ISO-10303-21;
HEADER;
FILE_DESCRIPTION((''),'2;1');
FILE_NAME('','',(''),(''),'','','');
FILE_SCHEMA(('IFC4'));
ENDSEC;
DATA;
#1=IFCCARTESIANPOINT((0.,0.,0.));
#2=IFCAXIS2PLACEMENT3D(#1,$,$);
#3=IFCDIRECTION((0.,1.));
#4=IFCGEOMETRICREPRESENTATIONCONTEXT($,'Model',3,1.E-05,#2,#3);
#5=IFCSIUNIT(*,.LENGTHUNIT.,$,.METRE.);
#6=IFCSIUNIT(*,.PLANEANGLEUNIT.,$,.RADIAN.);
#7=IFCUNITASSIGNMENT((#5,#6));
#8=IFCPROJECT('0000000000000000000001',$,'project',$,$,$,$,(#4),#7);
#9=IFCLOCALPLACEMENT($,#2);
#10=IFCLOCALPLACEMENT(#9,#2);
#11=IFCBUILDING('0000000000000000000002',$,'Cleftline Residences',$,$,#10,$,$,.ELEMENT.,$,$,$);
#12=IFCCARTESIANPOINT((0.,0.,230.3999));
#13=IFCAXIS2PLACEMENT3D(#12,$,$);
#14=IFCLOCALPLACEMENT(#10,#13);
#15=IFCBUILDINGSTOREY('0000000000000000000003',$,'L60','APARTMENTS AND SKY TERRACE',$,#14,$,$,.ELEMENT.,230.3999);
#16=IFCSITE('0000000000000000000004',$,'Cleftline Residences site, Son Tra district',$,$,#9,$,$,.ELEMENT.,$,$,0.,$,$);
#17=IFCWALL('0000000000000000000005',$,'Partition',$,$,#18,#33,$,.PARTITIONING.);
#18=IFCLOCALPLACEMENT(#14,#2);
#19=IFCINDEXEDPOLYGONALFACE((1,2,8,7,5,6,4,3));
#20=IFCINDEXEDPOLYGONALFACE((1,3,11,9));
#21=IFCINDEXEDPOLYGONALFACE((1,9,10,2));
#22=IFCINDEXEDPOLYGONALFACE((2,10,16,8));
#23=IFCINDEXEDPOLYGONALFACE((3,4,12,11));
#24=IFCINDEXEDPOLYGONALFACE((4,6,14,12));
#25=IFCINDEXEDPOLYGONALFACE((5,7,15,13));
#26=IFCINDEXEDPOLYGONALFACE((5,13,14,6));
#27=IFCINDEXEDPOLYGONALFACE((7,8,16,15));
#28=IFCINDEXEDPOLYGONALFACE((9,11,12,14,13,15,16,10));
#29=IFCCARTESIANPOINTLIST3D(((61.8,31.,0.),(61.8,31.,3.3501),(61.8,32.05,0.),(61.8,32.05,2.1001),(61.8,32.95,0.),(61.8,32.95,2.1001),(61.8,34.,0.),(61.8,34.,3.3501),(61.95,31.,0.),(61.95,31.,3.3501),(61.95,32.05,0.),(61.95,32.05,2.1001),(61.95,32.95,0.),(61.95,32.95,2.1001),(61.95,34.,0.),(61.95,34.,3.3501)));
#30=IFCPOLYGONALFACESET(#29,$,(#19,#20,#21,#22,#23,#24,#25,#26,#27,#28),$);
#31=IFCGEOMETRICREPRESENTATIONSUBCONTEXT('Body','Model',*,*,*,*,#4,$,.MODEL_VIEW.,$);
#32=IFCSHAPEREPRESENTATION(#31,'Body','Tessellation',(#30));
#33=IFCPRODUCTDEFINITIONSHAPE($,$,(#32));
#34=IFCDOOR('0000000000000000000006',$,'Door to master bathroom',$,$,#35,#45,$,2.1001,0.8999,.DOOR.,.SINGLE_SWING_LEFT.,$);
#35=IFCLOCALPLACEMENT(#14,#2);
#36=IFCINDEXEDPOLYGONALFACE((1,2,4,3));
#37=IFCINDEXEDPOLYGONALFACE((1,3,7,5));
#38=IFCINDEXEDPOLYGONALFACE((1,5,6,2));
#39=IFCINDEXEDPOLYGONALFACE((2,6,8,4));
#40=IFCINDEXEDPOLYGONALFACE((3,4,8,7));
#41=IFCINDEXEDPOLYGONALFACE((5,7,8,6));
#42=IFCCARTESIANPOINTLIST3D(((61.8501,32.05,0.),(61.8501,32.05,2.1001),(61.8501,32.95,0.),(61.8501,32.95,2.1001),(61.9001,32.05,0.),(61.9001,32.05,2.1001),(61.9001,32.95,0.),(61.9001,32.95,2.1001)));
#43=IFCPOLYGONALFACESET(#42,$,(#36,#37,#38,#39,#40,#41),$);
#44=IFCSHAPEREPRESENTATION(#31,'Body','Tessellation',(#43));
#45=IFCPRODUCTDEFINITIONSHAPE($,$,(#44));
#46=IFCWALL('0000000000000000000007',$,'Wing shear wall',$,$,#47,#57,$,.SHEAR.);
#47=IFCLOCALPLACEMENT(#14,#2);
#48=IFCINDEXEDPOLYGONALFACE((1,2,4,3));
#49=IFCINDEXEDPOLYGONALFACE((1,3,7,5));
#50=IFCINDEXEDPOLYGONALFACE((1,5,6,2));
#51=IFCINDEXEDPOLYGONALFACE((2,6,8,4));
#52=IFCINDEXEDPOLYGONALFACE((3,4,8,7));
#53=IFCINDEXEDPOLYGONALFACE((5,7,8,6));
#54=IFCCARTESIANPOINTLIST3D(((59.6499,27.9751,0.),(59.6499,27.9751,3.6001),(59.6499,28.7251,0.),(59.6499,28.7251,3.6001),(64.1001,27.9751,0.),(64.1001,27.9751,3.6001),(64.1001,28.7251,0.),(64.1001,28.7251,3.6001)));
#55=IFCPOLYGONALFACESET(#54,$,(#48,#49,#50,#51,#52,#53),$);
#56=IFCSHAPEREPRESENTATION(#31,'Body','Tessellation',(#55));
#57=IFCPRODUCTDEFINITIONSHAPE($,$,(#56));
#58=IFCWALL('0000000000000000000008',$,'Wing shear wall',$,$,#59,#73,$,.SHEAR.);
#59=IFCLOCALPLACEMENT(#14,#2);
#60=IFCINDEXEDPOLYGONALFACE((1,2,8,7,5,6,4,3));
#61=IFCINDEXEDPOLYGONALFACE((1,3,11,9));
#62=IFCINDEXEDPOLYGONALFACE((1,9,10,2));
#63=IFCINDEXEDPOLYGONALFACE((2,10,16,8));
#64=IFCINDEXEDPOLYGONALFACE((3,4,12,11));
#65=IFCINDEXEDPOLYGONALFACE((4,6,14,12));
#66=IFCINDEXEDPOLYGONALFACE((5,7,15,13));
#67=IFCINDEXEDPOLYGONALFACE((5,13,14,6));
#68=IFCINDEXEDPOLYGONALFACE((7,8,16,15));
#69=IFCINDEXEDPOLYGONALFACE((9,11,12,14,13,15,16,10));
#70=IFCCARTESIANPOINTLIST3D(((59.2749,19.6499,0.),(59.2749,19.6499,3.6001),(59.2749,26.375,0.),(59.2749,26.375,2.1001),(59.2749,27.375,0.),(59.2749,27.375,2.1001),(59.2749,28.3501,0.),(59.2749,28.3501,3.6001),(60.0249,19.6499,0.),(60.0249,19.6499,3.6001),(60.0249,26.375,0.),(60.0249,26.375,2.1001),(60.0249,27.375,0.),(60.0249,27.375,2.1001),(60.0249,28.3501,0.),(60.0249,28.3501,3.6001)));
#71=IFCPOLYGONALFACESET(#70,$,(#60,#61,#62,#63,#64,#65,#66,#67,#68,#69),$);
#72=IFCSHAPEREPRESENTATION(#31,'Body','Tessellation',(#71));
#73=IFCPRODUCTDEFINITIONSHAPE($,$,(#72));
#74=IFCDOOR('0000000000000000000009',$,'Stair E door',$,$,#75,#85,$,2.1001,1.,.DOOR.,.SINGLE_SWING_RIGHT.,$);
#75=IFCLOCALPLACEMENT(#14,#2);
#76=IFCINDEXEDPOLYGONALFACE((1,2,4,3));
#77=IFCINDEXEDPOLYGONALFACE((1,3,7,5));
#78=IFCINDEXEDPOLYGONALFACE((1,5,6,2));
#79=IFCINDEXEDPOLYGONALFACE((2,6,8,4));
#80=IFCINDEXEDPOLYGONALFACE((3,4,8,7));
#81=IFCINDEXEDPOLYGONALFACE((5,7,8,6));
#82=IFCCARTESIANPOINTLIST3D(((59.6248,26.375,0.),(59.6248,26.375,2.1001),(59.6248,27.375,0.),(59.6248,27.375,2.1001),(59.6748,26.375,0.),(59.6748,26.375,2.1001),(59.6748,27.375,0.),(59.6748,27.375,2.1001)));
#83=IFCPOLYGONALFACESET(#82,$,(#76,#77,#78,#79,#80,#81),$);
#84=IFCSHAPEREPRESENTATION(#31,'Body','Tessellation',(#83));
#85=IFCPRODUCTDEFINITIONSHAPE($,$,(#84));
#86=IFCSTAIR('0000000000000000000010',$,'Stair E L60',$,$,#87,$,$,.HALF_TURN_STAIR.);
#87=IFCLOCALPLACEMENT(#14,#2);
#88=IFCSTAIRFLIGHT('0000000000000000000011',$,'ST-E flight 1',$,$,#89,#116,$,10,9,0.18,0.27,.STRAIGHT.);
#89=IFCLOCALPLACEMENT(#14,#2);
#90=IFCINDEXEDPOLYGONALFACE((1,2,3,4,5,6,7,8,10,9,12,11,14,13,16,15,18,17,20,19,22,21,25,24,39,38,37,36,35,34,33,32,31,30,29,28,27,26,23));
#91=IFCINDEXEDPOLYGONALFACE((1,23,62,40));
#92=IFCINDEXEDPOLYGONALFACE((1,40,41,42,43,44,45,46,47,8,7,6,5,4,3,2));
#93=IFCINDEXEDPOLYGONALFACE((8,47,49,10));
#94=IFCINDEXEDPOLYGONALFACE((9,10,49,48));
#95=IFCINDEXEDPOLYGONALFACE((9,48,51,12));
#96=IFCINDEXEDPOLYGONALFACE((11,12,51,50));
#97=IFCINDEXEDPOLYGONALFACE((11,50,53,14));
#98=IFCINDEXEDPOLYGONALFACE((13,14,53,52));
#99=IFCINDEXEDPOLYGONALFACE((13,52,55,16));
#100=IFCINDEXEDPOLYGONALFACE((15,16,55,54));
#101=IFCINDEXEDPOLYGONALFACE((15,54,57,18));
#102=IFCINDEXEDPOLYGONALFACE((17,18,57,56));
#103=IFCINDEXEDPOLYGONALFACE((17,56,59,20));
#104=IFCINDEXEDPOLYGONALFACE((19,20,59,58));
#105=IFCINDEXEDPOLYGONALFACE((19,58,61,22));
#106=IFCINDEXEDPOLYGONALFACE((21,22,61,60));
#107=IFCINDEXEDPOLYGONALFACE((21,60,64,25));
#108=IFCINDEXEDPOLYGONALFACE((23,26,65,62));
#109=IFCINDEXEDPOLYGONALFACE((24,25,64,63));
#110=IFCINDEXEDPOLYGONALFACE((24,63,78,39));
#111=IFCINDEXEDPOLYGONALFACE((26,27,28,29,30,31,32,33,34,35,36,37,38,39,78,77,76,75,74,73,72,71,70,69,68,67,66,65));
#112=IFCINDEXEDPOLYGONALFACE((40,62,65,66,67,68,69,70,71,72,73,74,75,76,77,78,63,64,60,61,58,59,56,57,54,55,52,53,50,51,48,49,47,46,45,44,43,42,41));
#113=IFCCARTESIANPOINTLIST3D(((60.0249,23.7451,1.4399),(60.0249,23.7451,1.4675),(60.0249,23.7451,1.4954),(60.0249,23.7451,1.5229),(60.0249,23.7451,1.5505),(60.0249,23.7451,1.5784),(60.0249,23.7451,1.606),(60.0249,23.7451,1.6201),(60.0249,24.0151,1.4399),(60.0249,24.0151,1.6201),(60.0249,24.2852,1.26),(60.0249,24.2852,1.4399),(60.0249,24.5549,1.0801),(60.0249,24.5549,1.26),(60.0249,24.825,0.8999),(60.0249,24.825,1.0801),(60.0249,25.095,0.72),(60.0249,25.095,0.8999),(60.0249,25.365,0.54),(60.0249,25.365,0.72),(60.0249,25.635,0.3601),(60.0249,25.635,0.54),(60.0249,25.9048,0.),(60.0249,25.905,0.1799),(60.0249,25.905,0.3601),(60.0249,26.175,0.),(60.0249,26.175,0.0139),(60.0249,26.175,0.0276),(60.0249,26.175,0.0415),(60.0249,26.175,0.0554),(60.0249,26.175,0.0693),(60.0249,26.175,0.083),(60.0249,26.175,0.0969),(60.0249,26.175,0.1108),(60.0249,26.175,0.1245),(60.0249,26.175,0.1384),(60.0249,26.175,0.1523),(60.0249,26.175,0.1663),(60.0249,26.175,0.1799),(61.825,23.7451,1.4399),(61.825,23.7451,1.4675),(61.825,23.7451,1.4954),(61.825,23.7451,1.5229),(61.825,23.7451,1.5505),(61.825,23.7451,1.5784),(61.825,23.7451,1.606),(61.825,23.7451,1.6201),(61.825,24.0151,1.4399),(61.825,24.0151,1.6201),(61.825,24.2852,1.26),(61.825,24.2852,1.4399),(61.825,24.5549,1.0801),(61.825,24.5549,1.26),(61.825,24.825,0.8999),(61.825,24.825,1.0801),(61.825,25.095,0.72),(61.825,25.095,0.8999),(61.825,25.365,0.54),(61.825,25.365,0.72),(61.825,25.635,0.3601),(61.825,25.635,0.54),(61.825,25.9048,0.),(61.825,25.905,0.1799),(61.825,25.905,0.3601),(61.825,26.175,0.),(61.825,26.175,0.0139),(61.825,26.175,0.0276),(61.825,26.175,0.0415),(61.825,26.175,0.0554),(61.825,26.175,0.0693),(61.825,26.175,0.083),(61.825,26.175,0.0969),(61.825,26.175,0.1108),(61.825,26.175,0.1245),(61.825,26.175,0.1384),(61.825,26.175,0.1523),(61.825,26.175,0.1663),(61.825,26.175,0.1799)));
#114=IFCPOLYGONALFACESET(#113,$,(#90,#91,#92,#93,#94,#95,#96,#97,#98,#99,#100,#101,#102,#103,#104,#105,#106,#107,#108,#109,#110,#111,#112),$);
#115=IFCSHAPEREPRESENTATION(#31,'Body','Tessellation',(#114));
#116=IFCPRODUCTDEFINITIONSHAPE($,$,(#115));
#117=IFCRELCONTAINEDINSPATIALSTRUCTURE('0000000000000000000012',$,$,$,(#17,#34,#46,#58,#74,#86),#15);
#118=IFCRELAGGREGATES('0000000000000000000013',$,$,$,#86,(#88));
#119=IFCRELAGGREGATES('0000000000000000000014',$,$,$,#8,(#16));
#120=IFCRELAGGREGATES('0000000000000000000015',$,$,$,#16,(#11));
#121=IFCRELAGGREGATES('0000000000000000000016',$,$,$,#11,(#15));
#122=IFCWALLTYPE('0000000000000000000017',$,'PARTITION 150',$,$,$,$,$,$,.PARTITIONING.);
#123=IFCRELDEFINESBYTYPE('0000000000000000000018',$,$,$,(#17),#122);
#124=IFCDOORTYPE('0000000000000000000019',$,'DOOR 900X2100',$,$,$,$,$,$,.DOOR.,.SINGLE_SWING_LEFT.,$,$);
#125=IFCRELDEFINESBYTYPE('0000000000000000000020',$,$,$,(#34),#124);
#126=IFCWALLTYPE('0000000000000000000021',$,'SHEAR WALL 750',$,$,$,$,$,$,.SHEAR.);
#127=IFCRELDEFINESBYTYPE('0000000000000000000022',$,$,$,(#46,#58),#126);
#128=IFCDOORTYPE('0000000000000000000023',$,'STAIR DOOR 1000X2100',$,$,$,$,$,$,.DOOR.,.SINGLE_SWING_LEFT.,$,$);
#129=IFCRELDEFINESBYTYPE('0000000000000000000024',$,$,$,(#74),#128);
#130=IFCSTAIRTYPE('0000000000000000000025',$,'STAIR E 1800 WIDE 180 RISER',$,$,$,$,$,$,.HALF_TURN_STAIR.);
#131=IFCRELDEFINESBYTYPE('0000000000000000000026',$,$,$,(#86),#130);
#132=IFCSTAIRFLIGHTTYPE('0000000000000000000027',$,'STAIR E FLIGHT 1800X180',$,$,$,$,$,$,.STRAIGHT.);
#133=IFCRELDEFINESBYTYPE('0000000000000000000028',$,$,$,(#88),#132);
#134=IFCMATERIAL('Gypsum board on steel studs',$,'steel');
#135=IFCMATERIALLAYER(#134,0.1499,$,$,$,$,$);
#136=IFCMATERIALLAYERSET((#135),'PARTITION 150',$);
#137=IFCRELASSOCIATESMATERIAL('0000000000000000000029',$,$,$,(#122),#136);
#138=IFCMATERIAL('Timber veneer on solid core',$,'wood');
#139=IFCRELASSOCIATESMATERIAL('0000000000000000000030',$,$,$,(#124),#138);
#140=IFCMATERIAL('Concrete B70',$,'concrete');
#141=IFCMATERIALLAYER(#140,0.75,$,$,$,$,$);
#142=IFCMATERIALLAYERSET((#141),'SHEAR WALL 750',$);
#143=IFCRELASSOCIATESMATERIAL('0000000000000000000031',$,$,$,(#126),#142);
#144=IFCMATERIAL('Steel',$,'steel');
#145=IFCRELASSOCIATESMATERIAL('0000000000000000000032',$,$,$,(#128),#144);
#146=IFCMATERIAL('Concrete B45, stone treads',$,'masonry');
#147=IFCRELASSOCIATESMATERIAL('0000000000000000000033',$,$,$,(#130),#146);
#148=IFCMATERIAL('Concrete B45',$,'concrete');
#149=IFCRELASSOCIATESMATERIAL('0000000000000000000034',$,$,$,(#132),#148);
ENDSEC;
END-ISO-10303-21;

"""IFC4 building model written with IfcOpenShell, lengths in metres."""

from ifc_helpers import new_model, si_unit, direction, frame, frame_2d, origin, place, context, subcontext, project, spatial, polyline, rectangle, outline, extrude, material, layer, layer_set, type_object, element, fill, aggregate, save


model = new_model("IFC4")

# Units and contexts
model_context = context("Model", 3, precision=1e-05, world=origin(), true_north=direction((0.0, 1.0)))
body_context = subcontext(model_context, "Body", "Model", "MODEL_VIEW")
ifc_project = project(units=[si_unit("LENGTHUNIT", "METRE"), si_unit("PLANEANGLEUNIT", "RADIAN")], contexts=[model_context])

# Site, building, storey
site_placement = place(None, origin())
site = spatial("IfcSite", under=ifc_project, at=site_placement, Name="Cleftline Residences site, Son Tra district", CompositionType="ELEMENT", RefElevation=0.0)
building_placement = place(site_placement, origin())
building = spatial("IfcBuilding", under=site, at=building_placement, Name="Cleftline Residences", CompositionType="ELEMENT")
storey_placement = place(building_placement, frame((0.0, 0.0, 230.3999)))
storey = spatial("IfcBuildingStorey", under=building, at=storey_placement, Name="L60", Description="APARTMENTS AND SKY TERRACE", CompositionType="ELEMENT", Elevation=230.3999)

# Shared definitions
ifc_material_1 = material(Name="Gypsum board on steel studs", Category="steel")
ifc_layer_1 = layer(ifc_material_1, 0.1499)
ifc_layer_set_1 = layer_set([ifc_layer_1], Name="PARTITION 150")
wall_type_1 = type_object("IfcWallType", Name="PARTITION 150", PredefinedType="PARTITIONING", material=ifc_layer_set_1)

# Wall, opening, door
ifc_material_2 = material(Name="Timber veneer on solid core", Category="wood")
door_type_1 = type_object("IfcDoorType", Name="DOOR 900X2100", OperationType="SINGLE_SWING_LEFT", PredefinedType="DOOR", material=ifc_material_2)
wall_1_placement = place(storey_placement, frame((61.875, 31.0, 0.0), z_axis=(0.0, 0.0, 1.0), x_axis=(0.0, 1.0, 0.0)))
wall_1 = element("IfcWall", 1, at=wall_1_placement, inside=storey, type_object=wall_type_1, Name="Partition", PredefinedType="PARTITIONING", context=body_context, shape_type="SweptSolid", body=[
    extrude(rectangle(XDim=3.0, YDim=0.1499, at=frame_2d((1.5, 0.0))), origin(), (0.0, 0.0, 1.0), 3.3501),
])
opening_1_placement = place(wall_1_placement, frame((1.05, 0.0, 0.0)))
opening_1 = element("IfcOpeningElement", 2, at=opening_1_placement, cuts=wall_1, PredefinedType="OPENING", context=body_context, shape_type="SweptSolid", body=[
    extrude(rectangle(XDim=0.8999, YDim=2.1001, at=frame_2d((0.45, 1.05))), frame((0.0, 0.085, 0.0), z_axis=(0.0, -1.0, 0.0), x_axis=(1.0, 0.0, 0.0)), (0.0, 0.0, 1.0), 0.1699),
])
door_1_placement = place(opening_1_placement, origin())
door_1 = element("IfcDoor", 3, at=door_1_placement, inside=storey, type_object=door_type_1, Name="Door to master bathroom", OperationType="SINGLE_SWING_LEFT", OverallHeight=2.1001, OverallWidth=0.8999, PredefinedType="DOOR", context=body_context, shape_type="SweptSolid", body=[
    extrude(rectangle(XDim=0.8999, YDim=2.1001, at=frame_2d((0.45, 1.05))), frame((0.0, 0.0249, 0.0), z_axis=(0.0, -1.0, 0.0), x_axis=(1.0, 0.0, 0.0)), (0.0, 0.0, 1.0), 0.05),
])
fill(opening_1, door_1)

# Wall
ifc_material_3 = material(Name="Concrete B70", Category="concrete")
ifc_layer_2 = layer(ifc_material_3, 0.75)
ifc_layer_set_2 = layer_set([ifc_layer_2], Name="SHEAR WALL 750")
wall_type_2 = type_object("IfcWallType", Name="SHEAR WALL 750", PredefinedType="SHEAR", material=ifc_layer_set_2)
wall_2_placement = place(storey_placement, frame((64.1001, 28.3501, 0.0), z_axis=(0.0, 0.0, 1.0), x_axis=(-1.0, 0.0, 0.0)))
element("IfcWall", 4, at=wall_2_placement, inside=storey, type_object=wall_type_2, Name="Wing shear wall", PredefinedType="SHEAR", context=body_context, shape_type="SweptSolid", body=[
    extrude(rectangle(XDim=4.4502, YDim=0.75, at=frame_2d((2.2251, 0.0))), origin(), (0.0, 0.0, 1.0), 3.6001),
])

# Wall, opening, door
wall_3_placement = place(storey_placement, frame((59.6499, 28.3501, 0.0), z_axis=(0.0, 0.0, 1.0), x_axis=(0.0, -1.0, 0.0)))
wall_3 = element("IfcWall", 5, at=wall_3_placement, inside=storey, type_object=wall_type_2, Name="Wing shear wall", PredefinedType="SHEAR", context=body_context, shape_type="SweptSolid", body=[
    extrude(rectangle(XDim=8.7002, YDim=0.75, at=frame_2d((4.3501, 0.0))), origin(), (0.0, 0.0, 1.0), 3.6001),
])
opening_2_placement = place(wall_3_placement, frame((0.9751, 0.0, 0.0)))
opening_2 = element("IfcOpeningElement", 6, at=opening_2_placement, cuts=wall_3, PredefinedType="OPENING", context=body_context, shape_type="SweptSolid", body=[
    extrude(rectangle(XDim=1.0, YDim=2.1001, at=frame_2d((0.5, 1.05))), frame((0.0, 0.385, 0.0), z_axis=(0.0, -1.0, 0.0), x_axis=(1.0, 0.0, 0.0)), (0.0, 0.0, 1.0), 0.77),
])
ifc_material_4 = material(Name="Steel", Category="steel")
door_type_2 = type_object("IfcDoorType", Name="STAIR DOOR 1000X2100", OperationType="SINGLE_SWING_LEFT", PredefinedType="DOOR", material=ifc_material_4)
door_2_placement = place(opening_2_placement, origin())
door_2 = element("IfcDoor", 7, at=door_2_placement, inside=storey, type_object=door_type_2, Name="Stair E door", OperationType="SINGLE_SWING_RIGHT", OverallHeight=2.1001, OverallWidth=1.0, PredefinedType="DOOR", context=body_context, shape_type="SweptSolid", body=[
    extrude(rectangle(XDim=1.0, YDim=2.1001, at=frame_2d((0.5, 1.05))), frame((0.0, 0.0249, 0.0), z_axis=(0.0, -1.0, 0.0), x_axis=(1.0, 0.0, 0.0)), (0.0, 0.0, 1.0), 0.05),
])
fill(opening_2, door_2)

# Stair, stair flight
ifc_material_5 = material(Name="Concrete B45, stone treads", Category="masonry")
stair_type = type_object("IfcStairType", Name="STAIR E 1800 WIDE 180 RISER", PredefinedType="HALF_TURN_STAIR", material=ifc_material_5)
stair_placement = place(storey_placement, origin())
stair = element("IfcStair", 8, at=stair_placement, inside=storey, type_object=stair_type, Name="Stair E L60", PredefinedType="HALF_TURN_STAIR")
ifc_material_6 = material(Name="Concrete B45", Category="concrete")
stair_flight_type = type_object("IfcStairFlightType", Name="STAIR E FLIGHT 1800X180", PredefinedType="STRAIGHT", material=ifc_material_6)
stair_flight_placement = place(storey_placement, frame((60.925, 26.175, 0.0), z_axis=(0.0, 0.0, 1.0), x_axis=(0.0, -1.0, 0.0)))
stair_flight = element("IfcStairFlight", 9, at=stair_flight_placement, type_object=stair_flight_type, Name="ST-E flight 1", NumberOfRisers=10, NumberOfTreads=9, PredefinedType="STRAIGHT", RiserHeight=0.18, TreadLength=0.27, context=body_context, shape_type="SweptSolid", body=[
    extrude(outline(polyline([(0.0, 0.0), (0.0, 0.0139), (0.0, 0.0276), (0.0, 0.0415), (0.0, 0.0554), (0.0, 0.0693), (0.0, 0.083), (0.0, 0.0969), (0.0, 0.1108), (0.0, 0.1245), (0.0, 0.1384), (0.0, 0.1523), (0.0, 0.1663), (0.0, 0.1799), (0.27, 0.1799), (0.27, 0.3601), (0.54, 0.3601), (0.54, 0.54), (0.8101, 0.54), (0.8101, 0.72), (1.0801, 0.72), (1.0801, 0.8999), (1.3501, 0.8999), (1.3501, 1.0801), (1.6201, 1.0801), (1.6201, 1.26), (1.8899, 1.26), (1.8899, 1.4399), (2.1599, 1.4399), (2.1599, 1.6201), (2.4299, 1.6201), (2.4299, 1.8), (2.4299, 1.7722), (2.4299, 1.7446), (2.4299, 1.7168), (2.4299, 1.6892), (2.4299, 1.6614), (2.4299, 1.6338), (2.4299, 1.606), (2.4299, 1.5784), (2.4299, 1.5505), (2.4299, 1.5229), (2.4299, 1.4954), (2.4299, 1.4675), (2.4299, 1.4399), (0.2703, 0.0), (0.0, 0.0)])), frame((0.0, 0.8999, 0.0), z_axis=(0.0, -1.0, 0.0), x_axis=(1.0, 0.0, 0.0)), (0.0, 0.0, 1.0), 1.8),
])
aggregate(stair, [stair_flight])

save(model, "model.ifc")
